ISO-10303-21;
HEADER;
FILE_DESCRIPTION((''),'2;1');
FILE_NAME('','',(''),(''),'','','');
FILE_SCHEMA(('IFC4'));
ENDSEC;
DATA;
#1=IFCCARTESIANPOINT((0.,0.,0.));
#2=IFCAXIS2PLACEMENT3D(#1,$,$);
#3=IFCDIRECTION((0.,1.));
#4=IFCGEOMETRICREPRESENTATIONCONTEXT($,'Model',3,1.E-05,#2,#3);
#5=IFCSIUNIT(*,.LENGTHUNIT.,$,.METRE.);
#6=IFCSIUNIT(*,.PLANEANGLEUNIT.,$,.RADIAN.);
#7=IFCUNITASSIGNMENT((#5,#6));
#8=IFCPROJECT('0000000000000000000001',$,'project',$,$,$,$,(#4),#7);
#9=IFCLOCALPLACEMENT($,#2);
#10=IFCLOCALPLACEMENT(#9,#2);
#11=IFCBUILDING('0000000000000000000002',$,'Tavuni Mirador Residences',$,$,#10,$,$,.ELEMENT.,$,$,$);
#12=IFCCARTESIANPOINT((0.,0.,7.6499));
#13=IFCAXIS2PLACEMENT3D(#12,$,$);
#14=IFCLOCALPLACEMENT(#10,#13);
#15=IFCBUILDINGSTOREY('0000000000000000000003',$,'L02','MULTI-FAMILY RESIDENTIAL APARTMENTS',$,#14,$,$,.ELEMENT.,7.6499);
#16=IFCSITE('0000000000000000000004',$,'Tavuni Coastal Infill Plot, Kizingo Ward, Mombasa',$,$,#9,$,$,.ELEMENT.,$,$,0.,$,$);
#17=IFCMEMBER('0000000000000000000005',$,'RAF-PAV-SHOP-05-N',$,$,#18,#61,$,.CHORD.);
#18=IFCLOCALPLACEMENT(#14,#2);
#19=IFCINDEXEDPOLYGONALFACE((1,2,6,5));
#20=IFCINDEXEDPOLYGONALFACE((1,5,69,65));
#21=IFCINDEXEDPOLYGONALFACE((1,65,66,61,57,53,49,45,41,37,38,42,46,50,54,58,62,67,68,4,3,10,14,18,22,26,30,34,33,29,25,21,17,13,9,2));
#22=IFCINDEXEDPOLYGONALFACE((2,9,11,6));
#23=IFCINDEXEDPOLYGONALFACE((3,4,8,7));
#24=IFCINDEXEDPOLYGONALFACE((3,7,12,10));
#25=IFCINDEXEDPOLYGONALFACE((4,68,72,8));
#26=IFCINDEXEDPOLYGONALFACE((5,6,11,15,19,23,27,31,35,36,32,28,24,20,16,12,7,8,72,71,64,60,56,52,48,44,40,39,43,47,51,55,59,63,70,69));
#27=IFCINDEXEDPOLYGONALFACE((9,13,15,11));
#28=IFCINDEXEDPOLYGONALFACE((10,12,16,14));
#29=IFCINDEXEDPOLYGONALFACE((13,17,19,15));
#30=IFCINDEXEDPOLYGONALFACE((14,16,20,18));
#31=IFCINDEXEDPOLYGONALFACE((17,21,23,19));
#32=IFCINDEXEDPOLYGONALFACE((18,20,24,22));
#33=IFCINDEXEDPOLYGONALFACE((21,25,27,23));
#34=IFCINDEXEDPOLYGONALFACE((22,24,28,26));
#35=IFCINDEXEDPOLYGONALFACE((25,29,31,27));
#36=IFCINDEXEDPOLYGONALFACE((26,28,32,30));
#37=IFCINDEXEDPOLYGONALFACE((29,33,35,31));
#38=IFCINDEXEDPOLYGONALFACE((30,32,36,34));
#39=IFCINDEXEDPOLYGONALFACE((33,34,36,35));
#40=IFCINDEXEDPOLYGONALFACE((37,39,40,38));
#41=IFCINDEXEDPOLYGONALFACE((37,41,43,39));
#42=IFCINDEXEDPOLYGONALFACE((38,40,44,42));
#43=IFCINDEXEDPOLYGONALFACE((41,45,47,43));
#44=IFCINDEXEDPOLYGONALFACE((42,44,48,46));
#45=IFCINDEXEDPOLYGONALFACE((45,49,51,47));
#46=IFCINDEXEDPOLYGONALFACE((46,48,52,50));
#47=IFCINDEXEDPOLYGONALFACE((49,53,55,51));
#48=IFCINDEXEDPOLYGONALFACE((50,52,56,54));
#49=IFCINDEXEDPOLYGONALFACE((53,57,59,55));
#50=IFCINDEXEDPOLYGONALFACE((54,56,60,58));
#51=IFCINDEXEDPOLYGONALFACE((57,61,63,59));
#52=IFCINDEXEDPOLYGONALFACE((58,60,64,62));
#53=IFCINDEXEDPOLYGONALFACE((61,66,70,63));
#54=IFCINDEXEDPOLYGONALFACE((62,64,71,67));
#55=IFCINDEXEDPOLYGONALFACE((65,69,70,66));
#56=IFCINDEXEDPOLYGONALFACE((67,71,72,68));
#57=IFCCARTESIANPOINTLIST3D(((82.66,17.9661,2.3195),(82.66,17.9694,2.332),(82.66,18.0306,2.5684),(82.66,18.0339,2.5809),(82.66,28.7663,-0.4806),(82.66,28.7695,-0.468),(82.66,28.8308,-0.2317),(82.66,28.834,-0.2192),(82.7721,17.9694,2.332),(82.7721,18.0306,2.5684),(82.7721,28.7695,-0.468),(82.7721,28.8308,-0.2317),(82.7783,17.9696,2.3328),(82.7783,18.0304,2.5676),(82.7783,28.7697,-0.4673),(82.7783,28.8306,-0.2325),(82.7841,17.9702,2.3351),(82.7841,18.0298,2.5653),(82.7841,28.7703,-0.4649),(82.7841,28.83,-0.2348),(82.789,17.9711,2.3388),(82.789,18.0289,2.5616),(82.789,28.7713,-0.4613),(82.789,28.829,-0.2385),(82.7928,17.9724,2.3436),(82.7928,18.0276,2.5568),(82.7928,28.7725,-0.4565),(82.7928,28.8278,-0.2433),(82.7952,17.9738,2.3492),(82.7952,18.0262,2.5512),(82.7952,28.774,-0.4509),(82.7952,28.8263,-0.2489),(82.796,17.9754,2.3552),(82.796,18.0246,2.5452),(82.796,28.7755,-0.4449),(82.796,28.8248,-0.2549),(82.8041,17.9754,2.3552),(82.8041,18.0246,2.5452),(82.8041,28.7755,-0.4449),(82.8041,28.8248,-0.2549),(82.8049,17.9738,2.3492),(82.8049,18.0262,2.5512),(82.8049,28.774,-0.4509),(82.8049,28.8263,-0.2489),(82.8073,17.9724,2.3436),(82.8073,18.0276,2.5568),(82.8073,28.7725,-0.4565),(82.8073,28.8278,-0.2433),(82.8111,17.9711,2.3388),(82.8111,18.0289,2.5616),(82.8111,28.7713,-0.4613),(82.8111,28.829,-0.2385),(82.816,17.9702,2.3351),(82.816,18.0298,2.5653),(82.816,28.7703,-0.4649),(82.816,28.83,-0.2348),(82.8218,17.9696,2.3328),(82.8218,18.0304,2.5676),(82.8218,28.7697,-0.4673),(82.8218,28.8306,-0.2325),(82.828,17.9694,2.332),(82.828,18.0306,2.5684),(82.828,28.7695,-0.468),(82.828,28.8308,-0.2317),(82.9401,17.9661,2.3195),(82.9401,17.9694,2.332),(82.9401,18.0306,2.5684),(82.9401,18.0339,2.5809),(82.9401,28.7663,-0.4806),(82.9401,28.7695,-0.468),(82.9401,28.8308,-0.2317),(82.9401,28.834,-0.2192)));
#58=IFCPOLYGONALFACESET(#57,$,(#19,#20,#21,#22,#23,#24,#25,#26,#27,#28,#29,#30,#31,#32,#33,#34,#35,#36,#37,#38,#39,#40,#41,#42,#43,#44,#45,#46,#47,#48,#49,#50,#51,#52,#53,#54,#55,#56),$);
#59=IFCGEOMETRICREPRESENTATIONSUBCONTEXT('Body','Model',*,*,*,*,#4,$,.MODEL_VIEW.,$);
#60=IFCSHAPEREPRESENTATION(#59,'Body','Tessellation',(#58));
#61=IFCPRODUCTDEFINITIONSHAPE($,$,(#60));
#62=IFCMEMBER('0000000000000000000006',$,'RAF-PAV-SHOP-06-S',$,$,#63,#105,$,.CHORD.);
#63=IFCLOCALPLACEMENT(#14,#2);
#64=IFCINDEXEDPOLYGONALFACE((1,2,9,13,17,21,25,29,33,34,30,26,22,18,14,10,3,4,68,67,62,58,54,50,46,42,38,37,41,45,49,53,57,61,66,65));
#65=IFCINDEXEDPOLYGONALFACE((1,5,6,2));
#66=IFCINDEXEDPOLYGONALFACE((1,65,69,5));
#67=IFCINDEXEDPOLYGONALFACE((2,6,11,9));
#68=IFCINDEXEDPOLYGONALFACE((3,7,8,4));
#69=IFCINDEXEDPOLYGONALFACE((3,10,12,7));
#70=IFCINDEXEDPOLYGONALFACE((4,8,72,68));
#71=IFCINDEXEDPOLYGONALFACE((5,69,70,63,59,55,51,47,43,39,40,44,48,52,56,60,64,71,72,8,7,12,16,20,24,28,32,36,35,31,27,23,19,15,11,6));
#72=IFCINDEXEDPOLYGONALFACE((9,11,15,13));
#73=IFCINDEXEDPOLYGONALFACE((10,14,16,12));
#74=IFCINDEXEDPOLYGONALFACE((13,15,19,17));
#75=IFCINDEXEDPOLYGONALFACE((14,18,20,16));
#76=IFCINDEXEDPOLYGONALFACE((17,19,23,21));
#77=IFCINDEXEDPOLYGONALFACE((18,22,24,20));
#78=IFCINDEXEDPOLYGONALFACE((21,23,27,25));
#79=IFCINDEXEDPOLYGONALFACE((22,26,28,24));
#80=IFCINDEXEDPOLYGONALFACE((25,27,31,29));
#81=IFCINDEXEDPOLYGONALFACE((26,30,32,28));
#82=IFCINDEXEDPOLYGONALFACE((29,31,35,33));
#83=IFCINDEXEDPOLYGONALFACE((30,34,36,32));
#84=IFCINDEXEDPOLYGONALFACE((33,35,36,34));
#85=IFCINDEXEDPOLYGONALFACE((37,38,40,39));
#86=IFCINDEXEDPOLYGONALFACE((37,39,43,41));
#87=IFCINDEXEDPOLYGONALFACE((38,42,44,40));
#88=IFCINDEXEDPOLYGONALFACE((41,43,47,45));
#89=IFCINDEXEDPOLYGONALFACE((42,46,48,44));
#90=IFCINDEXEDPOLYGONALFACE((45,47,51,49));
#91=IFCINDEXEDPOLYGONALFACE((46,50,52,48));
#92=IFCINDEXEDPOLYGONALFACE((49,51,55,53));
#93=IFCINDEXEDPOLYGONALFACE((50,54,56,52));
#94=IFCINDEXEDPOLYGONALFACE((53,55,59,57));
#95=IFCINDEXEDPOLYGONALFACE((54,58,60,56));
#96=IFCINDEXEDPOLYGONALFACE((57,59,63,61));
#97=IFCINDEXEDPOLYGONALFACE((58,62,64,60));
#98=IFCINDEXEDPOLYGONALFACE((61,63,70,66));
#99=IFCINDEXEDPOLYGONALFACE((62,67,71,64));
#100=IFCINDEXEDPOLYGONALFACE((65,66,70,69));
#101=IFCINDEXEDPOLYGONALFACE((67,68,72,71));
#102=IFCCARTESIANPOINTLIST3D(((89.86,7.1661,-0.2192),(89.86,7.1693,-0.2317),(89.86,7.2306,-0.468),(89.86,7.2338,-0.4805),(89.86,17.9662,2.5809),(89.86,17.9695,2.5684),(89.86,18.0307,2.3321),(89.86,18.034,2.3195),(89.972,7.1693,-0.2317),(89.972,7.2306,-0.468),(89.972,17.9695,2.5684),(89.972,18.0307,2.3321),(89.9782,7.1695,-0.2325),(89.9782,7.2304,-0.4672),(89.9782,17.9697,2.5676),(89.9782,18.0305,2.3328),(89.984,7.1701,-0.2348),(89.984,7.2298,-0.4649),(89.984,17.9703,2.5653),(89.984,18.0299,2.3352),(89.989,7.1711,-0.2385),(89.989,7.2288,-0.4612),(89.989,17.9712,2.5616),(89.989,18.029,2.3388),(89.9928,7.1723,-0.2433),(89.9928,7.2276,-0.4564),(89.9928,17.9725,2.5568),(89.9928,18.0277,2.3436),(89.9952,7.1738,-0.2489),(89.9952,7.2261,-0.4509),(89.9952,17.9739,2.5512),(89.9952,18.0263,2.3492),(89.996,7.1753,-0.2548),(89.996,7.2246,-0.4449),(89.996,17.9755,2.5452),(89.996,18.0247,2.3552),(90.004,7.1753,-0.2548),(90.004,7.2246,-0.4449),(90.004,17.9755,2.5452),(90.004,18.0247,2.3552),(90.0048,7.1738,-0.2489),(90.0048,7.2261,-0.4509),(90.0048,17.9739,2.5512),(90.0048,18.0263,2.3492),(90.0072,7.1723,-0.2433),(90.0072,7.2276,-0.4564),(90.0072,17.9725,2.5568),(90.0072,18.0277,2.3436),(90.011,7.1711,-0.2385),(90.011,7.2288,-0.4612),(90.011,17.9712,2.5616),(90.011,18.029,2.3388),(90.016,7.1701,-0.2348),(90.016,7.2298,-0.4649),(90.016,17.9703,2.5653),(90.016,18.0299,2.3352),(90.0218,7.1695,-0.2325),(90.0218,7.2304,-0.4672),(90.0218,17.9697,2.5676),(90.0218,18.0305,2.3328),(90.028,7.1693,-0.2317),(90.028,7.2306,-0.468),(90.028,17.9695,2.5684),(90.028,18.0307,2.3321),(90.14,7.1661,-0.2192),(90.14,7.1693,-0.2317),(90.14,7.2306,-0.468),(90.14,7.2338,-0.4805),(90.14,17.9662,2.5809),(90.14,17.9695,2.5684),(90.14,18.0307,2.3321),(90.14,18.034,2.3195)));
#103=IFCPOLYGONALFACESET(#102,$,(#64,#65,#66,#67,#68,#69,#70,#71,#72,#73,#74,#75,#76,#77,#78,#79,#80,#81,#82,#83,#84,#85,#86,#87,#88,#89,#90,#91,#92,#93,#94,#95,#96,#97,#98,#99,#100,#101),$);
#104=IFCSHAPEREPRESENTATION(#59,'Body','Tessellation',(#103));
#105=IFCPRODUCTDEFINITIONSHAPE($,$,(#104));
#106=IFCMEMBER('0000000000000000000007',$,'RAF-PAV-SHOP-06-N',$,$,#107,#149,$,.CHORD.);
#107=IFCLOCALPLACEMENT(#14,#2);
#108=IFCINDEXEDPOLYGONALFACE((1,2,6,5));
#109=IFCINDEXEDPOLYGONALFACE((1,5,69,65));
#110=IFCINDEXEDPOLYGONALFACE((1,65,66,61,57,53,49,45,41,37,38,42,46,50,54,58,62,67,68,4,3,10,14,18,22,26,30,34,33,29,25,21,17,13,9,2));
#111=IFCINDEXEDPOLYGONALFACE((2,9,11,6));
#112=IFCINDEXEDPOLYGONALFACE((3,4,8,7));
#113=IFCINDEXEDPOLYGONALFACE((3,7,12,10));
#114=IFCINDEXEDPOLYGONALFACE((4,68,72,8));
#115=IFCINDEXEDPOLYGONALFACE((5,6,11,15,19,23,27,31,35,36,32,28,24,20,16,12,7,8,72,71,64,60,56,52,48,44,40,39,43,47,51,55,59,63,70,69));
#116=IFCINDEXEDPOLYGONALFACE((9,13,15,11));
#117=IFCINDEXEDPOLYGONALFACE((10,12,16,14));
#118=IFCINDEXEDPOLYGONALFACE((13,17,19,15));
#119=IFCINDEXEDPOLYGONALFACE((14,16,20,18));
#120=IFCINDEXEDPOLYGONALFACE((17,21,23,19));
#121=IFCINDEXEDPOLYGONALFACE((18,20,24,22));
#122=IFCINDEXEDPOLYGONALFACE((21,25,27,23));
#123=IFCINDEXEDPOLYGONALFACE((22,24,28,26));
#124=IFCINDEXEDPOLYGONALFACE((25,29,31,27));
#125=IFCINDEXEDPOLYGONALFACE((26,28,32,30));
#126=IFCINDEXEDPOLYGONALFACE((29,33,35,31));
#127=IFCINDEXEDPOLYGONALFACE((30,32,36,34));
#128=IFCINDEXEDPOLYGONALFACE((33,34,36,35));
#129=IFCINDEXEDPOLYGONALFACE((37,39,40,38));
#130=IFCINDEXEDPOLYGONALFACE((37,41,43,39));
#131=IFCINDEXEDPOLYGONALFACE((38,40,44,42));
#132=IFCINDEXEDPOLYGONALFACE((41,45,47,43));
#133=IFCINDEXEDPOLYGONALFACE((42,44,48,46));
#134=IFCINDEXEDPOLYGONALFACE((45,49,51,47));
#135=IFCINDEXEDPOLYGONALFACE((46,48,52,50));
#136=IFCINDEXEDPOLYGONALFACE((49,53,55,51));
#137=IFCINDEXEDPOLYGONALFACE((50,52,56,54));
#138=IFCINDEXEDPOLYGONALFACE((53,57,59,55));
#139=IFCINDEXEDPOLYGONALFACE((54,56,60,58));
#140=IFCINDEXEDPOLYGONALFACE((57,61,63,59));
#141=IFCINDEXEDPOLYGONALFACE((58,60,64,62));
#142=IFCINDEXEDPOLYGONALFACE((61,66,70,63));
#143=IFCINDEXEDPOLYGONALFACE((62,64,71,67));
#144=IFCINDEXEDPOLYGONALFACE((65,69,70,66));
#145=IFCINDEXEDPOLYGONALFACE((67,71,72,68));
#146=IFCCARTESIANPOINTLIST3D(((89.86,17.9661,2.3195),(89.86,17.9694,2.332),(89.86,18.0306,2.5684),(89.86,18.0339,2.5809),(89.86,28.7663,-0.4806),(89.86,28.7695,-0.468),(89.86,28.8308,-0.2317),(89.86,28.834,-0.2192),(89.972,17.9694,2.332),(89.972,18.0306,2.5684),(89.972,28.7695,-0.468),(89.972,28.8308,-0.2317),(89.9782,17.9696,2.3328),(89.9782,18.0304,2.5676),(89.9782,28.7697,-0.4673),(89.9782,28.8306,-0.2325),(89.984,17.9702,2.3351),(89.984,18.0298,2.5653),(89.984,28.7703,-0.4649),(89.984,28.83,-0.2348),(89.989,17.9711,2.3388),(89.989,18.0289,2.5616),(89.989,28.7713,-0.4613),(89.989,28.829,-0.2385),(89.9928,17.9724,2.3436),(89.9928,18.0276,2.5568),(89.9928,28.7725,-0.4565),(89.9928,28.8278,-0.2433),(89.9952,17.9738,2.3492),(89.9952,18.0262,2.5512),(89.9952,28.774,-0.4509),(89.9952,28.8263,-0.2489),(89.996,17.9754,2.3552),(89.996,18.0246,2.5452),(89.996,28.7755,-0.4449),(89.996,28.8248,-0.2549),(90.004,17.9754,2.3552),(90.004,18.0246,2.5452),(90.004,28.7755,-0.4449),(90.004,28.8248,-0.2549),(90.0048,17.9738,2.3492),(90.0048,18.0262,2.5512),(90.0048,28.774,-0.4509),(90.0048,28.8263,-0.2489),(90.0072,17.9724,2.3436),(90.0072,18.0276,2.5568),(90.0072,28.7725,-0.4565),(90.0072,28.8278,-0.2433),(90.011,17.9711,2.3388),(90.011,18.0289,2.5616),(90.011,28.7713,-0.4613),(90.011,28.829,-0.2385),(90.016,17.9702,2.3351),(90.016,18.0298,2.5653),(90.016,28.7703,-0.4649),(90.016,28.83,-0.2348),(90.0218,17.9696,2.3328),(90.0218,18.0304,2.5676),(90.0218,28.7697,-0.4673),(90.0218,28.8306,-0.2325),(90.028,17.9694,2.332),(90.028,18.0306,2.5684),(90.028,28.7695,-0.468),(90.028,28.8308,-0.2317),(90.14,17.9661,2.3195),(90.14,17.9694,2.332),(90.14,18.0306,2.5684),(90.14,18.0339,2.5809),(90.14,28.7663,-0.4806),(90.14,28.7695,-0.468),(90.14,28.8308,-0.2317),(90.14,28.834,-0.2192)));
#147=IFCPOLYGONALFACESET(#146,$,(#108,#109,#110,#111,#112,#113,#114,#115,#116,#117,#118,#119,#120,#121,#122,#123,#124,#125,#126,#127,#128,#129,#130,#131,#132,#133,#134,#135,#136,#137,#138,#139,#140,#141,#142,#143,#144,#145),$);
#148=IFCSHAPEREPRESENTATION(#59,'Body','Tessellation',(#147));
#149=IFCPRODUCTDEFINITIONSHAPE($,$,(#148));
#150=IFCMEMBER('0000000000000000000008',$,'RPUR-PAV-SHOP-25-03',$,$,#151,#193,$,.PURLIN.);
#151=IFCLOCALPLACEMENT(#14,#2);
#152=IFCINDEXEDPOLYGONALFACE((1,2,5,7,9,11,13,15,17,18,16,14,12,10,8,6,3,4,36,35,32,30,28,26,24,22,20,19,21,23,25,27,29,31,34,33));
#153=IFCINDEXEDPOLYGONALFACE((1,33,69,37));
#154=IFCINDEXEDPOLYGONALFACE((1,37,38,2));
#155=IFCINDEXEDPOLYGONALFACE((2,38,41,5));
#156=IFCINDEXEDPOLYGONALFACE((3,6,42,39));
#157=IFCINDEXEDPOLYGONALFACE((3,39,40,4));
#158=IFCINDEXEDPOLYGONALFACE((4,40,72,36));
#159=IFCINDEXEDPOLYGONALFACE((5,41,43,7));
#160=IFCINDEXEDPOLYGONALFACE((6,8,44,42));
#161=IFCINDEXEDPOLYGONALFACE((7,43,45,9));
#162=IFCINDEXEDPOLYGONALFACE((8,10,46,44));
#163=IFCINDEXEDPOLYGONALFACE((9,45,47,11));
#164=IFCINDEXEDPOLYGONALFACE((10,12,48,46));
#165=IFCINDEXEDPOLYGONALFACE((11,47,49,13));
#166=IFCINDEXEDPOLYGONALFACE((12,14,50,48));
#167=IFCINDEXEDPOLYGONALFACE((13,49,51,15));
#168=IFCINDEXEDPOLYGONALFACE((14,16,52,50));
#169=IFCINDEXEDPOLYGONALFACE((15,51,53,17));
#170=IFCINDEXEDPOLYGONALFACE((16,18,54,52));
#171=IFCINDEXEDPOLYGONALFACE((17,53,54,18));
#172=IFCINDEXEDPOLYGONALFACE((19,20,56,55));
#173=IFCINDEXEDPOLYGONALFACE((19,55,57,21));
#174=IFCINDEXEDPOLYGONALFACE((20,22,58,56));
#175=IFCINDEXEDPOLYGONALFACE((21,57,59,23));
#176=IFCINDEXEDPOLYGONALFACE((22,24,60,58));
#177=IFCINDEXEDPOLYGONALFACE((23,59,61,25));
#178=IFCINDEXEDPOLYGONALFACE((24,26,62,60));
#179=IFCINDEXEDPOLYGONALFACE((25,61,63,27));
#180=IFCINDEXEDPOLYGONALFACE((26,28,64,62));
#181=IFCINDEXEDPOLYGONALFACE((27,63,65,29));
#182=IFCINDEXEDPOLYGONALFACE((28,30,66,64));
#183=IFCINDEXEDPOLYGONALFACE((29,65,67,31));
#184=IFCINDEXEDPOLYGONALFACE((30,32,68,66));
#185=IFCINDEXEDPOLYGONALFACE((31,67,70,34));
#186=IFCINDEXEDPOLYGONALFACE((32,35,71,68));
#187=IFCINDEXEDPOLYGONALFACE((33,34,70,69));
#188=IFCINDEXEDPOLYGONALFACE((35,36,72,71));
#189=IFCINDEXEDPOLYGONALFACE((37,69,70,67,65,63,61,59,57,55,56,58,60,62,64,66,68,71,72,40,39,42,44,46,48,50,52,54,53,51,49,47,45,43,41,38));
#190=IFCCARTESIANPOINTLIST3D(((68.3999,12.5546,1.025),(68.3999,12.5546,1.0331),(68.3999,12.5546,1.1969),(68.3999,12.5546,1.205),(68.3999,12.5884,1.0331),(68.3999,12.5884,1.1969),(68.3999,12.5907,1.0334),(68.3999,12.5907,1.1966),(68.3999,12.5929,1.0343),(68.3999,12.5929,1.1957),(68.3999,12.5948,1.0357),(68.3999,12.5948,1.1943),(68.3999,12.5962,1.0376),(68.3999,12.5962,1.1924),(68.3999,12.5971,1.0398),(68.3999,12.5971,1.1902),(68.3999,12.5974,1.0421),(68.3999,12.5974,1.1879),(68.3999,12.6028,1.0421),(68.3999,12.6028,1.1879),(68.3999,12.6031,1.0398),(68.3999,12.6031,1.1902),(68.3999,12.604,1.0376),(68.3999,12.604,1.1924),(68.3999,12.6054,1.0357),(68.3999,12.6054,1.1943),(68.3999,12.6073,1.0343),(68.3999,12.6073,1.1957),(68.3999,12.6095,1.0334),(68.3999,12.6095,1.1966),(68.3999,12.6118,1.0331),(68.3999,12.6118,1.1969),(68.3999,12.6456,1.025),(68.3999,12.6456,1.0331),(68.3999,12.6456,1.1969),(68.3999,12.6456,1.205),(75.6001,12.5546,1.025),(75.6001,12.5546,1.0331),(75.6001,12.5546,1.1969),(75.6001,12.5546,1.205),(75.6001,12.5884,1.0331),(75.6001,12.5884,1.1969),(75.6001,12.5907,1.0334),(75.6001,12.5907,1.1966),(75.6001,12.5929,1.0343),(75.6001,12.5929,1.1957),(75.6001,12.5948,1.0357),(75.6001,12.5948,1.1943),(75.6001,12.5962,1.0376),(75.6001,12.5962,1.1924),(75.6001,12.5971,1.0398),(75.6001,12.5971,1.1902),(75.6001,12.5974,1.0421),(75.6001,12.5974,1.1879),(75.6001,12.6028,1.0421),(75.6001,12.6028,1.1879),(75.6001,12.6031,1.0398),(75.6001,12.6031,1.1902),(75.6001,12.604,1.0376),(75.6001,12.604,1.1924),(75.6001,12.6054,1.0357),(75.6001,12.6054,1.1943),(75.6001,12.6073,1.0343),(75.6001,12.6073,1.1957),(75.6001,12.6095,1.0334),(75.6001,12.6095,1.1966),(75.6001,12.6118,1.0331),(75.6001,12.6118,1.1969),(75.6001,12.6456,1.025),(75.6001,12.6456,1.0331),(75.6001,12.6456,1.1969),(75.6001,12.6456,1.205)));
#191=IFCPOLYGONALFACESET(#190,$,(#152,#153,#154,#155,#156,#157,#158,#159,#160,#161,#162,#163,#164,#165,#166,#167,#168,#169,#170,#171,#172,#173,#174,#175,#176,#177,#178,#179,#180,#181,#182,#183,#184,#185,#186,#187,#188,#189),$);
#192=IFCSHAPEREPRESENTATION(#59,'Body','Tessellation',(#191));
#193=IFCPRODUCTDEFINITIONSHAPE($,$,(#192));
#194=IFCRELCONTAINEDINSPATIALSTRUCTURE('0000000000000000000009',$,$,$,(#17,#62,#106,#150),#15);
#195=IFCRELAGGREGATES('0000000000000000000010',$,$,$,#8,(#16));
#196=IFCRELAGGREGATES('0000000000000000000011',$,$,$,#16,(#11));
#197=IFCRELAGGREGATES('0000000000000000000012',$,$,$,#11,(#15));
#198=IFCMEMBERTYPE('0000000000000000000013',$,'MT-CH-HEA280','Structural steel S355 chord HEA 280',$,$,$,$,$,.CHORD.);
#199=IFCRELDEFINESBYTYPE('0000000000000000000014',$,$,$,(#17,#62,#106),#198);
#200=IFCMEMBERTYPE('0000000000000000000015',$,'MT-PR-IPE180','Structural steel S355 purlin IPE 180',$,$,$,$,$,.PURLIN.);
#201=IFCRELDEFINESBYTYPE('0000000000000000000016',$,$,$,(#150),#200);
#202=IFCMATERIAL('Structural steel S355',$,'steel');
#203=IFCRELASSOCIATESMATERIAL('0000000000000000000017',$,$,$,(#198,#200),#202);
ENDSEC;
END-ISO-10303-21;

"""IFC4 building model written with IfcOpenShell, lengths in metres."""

from ifc_helpers import new_model, si_unit, direction, frame, origin, origin_2d, place, context, subcontext, project, spatial, i_section, extrude, material, material_profile, profile_set, type_object, element, save


model = new_model("IFC4")

# Units and contexts
model_context = context("Model", 3, precision=1e-05, world=origin(), true_north=direction((0.0, 1.0)))
body_context = subcontext(model_context, "Body", "Model", "MODEL_VIEW")
ifc_project = project(units=[si_unit("LENGTHUNIT", "METRE"), si_unit("PLANEANGLEUNIT", "RADIAN")], contexts=[model_context])

# Site, building, storey
site_placement = place(None, origin())
site = spatial("IfcSite", under=ifc_project, at=site_placement, Name="Tavuni Coastal Infill Plot, Kizingo Ward, Mombasa", CompositionType="ELEMENT", RefElevation=0.0)
building_placement = place(site_placement, origin())
building = spatial("IfcBuilding", under=site, at=building_placement, Name="Tavuni Mirador Residences", CompositionType="ELEMENT")
storey_placement = place(building_placement, frame((0.0, 0.0, 7.6499)))
storey = spatial("IfcBuildingStorey", under=building, at=storey_placement, Name="L02", Description="MULTI-FAMILY RESIDENTIAL APARTMENTS", CompositionType="ELEMENT", Elevation=7.6499)

# Members
ifc_material_1 = material(Name="Structural steel S355", Category="steel")
ifc_material_profile_1 = material_profile(ifc_material_1, i_section(OverallWidth=0.28, OverallDepth=0.27, WebThickness=0.0081, FlangeThickness=0.0129, FilletRadius=0.0239, at=origin_2d()), Name="HEA 280", Category="steel")
ifc_profile_set_1 = profile_set([ifc_material_profile_1], Name="Structural steel S355")
member_type_1 = type_object("IfcMemberType", Name="MT-CH-HEA280", Description="Structural steel S355 chord HEA 280", PredefinedType="CHORD", material=ifc_profile_set_1)
for number, where, z_axis, x_axis, name in (
    (1, (82.8, 18.0, 2.4502), (0.0, 0.967996, -0.250965), (-1.0, 0.0, 0.0), "RAF-PAV-SHOP-05-N"),
    (2, (90.0, 7.2, -0.3499), (0.0, 0.967996, 0.250965), (-1.0, 0.0, 0.0), "RAF-PAV-SHOP-06-S"),
    (3, (90.0, 18.0, 2.4502), (0.0, 0.967996, -0.250965), (-1.0, 0.0, 0.0), "RAF-PAV-SHOP-06-N"),
):
    element("IfcMember", number, at=place(storey_placement, frame(where, z_axis=z_axis, x_axis=x_axis)), inside=storey, type_object=member_type_1, Name=name, PredefinedType="CHORD", context=body_context, shape_type="SweptSolid", body=[
        extrude(i_section(OverallWidth=0.28, OverallDepth=0.27, WebThickness=0.0081, FlangeThickness=0.0129, FilletRadius=0.0239, at=origin_2d()), origin(), (0.0, 0.0, 1.0), 11.1572),
    ])
ifc_material_profile_2 = material_profile(ifc_material_1, i_section(OverallWidth=0.0911, OverallDepth=0.1799, WebThickness=0.0054, FlangeThickness=0.0081, FilletRadius=0.009, at=origin_2d()), Name="IPE 180", Category="steel")
ifc_profile_set_2 = profile_set([ifc_material_profile_2], Name="Structural steel S355")
member_type_2 = type_object("IfcMemberType", Name="MT-PR-IPE180", Description="Structural steel S355 purlin IPE 180", PredefinedType="PURLIN", material=ifc_profile_set_2)
member_1_placement = place(storey_placement, frame((68.3999, 12.6001, 1.115), z_axis=(1.0, 0.0, 0.0), x_axis=(0.0, 1.0, 0.0)))
element("IfcMember", 4, at=member_1_placement, inside=storey, type_object=member_type_2, Name="RPUR-PAV-SHOP-25-03", PredefinedType="PURLIN", context=body_context, shape_type="SweptSolid", body=[
    extrude(i_section(OverallWidth=0.0911, OverallDepth=0.1799, WebThickness=0.0054, FlangeThickness=0.0081, FilletRadius=0.009, at=origin_2d()), origin(), (0.0, 0.0, 1.0), 7.2002),
])

save(model, "model.ifc")
